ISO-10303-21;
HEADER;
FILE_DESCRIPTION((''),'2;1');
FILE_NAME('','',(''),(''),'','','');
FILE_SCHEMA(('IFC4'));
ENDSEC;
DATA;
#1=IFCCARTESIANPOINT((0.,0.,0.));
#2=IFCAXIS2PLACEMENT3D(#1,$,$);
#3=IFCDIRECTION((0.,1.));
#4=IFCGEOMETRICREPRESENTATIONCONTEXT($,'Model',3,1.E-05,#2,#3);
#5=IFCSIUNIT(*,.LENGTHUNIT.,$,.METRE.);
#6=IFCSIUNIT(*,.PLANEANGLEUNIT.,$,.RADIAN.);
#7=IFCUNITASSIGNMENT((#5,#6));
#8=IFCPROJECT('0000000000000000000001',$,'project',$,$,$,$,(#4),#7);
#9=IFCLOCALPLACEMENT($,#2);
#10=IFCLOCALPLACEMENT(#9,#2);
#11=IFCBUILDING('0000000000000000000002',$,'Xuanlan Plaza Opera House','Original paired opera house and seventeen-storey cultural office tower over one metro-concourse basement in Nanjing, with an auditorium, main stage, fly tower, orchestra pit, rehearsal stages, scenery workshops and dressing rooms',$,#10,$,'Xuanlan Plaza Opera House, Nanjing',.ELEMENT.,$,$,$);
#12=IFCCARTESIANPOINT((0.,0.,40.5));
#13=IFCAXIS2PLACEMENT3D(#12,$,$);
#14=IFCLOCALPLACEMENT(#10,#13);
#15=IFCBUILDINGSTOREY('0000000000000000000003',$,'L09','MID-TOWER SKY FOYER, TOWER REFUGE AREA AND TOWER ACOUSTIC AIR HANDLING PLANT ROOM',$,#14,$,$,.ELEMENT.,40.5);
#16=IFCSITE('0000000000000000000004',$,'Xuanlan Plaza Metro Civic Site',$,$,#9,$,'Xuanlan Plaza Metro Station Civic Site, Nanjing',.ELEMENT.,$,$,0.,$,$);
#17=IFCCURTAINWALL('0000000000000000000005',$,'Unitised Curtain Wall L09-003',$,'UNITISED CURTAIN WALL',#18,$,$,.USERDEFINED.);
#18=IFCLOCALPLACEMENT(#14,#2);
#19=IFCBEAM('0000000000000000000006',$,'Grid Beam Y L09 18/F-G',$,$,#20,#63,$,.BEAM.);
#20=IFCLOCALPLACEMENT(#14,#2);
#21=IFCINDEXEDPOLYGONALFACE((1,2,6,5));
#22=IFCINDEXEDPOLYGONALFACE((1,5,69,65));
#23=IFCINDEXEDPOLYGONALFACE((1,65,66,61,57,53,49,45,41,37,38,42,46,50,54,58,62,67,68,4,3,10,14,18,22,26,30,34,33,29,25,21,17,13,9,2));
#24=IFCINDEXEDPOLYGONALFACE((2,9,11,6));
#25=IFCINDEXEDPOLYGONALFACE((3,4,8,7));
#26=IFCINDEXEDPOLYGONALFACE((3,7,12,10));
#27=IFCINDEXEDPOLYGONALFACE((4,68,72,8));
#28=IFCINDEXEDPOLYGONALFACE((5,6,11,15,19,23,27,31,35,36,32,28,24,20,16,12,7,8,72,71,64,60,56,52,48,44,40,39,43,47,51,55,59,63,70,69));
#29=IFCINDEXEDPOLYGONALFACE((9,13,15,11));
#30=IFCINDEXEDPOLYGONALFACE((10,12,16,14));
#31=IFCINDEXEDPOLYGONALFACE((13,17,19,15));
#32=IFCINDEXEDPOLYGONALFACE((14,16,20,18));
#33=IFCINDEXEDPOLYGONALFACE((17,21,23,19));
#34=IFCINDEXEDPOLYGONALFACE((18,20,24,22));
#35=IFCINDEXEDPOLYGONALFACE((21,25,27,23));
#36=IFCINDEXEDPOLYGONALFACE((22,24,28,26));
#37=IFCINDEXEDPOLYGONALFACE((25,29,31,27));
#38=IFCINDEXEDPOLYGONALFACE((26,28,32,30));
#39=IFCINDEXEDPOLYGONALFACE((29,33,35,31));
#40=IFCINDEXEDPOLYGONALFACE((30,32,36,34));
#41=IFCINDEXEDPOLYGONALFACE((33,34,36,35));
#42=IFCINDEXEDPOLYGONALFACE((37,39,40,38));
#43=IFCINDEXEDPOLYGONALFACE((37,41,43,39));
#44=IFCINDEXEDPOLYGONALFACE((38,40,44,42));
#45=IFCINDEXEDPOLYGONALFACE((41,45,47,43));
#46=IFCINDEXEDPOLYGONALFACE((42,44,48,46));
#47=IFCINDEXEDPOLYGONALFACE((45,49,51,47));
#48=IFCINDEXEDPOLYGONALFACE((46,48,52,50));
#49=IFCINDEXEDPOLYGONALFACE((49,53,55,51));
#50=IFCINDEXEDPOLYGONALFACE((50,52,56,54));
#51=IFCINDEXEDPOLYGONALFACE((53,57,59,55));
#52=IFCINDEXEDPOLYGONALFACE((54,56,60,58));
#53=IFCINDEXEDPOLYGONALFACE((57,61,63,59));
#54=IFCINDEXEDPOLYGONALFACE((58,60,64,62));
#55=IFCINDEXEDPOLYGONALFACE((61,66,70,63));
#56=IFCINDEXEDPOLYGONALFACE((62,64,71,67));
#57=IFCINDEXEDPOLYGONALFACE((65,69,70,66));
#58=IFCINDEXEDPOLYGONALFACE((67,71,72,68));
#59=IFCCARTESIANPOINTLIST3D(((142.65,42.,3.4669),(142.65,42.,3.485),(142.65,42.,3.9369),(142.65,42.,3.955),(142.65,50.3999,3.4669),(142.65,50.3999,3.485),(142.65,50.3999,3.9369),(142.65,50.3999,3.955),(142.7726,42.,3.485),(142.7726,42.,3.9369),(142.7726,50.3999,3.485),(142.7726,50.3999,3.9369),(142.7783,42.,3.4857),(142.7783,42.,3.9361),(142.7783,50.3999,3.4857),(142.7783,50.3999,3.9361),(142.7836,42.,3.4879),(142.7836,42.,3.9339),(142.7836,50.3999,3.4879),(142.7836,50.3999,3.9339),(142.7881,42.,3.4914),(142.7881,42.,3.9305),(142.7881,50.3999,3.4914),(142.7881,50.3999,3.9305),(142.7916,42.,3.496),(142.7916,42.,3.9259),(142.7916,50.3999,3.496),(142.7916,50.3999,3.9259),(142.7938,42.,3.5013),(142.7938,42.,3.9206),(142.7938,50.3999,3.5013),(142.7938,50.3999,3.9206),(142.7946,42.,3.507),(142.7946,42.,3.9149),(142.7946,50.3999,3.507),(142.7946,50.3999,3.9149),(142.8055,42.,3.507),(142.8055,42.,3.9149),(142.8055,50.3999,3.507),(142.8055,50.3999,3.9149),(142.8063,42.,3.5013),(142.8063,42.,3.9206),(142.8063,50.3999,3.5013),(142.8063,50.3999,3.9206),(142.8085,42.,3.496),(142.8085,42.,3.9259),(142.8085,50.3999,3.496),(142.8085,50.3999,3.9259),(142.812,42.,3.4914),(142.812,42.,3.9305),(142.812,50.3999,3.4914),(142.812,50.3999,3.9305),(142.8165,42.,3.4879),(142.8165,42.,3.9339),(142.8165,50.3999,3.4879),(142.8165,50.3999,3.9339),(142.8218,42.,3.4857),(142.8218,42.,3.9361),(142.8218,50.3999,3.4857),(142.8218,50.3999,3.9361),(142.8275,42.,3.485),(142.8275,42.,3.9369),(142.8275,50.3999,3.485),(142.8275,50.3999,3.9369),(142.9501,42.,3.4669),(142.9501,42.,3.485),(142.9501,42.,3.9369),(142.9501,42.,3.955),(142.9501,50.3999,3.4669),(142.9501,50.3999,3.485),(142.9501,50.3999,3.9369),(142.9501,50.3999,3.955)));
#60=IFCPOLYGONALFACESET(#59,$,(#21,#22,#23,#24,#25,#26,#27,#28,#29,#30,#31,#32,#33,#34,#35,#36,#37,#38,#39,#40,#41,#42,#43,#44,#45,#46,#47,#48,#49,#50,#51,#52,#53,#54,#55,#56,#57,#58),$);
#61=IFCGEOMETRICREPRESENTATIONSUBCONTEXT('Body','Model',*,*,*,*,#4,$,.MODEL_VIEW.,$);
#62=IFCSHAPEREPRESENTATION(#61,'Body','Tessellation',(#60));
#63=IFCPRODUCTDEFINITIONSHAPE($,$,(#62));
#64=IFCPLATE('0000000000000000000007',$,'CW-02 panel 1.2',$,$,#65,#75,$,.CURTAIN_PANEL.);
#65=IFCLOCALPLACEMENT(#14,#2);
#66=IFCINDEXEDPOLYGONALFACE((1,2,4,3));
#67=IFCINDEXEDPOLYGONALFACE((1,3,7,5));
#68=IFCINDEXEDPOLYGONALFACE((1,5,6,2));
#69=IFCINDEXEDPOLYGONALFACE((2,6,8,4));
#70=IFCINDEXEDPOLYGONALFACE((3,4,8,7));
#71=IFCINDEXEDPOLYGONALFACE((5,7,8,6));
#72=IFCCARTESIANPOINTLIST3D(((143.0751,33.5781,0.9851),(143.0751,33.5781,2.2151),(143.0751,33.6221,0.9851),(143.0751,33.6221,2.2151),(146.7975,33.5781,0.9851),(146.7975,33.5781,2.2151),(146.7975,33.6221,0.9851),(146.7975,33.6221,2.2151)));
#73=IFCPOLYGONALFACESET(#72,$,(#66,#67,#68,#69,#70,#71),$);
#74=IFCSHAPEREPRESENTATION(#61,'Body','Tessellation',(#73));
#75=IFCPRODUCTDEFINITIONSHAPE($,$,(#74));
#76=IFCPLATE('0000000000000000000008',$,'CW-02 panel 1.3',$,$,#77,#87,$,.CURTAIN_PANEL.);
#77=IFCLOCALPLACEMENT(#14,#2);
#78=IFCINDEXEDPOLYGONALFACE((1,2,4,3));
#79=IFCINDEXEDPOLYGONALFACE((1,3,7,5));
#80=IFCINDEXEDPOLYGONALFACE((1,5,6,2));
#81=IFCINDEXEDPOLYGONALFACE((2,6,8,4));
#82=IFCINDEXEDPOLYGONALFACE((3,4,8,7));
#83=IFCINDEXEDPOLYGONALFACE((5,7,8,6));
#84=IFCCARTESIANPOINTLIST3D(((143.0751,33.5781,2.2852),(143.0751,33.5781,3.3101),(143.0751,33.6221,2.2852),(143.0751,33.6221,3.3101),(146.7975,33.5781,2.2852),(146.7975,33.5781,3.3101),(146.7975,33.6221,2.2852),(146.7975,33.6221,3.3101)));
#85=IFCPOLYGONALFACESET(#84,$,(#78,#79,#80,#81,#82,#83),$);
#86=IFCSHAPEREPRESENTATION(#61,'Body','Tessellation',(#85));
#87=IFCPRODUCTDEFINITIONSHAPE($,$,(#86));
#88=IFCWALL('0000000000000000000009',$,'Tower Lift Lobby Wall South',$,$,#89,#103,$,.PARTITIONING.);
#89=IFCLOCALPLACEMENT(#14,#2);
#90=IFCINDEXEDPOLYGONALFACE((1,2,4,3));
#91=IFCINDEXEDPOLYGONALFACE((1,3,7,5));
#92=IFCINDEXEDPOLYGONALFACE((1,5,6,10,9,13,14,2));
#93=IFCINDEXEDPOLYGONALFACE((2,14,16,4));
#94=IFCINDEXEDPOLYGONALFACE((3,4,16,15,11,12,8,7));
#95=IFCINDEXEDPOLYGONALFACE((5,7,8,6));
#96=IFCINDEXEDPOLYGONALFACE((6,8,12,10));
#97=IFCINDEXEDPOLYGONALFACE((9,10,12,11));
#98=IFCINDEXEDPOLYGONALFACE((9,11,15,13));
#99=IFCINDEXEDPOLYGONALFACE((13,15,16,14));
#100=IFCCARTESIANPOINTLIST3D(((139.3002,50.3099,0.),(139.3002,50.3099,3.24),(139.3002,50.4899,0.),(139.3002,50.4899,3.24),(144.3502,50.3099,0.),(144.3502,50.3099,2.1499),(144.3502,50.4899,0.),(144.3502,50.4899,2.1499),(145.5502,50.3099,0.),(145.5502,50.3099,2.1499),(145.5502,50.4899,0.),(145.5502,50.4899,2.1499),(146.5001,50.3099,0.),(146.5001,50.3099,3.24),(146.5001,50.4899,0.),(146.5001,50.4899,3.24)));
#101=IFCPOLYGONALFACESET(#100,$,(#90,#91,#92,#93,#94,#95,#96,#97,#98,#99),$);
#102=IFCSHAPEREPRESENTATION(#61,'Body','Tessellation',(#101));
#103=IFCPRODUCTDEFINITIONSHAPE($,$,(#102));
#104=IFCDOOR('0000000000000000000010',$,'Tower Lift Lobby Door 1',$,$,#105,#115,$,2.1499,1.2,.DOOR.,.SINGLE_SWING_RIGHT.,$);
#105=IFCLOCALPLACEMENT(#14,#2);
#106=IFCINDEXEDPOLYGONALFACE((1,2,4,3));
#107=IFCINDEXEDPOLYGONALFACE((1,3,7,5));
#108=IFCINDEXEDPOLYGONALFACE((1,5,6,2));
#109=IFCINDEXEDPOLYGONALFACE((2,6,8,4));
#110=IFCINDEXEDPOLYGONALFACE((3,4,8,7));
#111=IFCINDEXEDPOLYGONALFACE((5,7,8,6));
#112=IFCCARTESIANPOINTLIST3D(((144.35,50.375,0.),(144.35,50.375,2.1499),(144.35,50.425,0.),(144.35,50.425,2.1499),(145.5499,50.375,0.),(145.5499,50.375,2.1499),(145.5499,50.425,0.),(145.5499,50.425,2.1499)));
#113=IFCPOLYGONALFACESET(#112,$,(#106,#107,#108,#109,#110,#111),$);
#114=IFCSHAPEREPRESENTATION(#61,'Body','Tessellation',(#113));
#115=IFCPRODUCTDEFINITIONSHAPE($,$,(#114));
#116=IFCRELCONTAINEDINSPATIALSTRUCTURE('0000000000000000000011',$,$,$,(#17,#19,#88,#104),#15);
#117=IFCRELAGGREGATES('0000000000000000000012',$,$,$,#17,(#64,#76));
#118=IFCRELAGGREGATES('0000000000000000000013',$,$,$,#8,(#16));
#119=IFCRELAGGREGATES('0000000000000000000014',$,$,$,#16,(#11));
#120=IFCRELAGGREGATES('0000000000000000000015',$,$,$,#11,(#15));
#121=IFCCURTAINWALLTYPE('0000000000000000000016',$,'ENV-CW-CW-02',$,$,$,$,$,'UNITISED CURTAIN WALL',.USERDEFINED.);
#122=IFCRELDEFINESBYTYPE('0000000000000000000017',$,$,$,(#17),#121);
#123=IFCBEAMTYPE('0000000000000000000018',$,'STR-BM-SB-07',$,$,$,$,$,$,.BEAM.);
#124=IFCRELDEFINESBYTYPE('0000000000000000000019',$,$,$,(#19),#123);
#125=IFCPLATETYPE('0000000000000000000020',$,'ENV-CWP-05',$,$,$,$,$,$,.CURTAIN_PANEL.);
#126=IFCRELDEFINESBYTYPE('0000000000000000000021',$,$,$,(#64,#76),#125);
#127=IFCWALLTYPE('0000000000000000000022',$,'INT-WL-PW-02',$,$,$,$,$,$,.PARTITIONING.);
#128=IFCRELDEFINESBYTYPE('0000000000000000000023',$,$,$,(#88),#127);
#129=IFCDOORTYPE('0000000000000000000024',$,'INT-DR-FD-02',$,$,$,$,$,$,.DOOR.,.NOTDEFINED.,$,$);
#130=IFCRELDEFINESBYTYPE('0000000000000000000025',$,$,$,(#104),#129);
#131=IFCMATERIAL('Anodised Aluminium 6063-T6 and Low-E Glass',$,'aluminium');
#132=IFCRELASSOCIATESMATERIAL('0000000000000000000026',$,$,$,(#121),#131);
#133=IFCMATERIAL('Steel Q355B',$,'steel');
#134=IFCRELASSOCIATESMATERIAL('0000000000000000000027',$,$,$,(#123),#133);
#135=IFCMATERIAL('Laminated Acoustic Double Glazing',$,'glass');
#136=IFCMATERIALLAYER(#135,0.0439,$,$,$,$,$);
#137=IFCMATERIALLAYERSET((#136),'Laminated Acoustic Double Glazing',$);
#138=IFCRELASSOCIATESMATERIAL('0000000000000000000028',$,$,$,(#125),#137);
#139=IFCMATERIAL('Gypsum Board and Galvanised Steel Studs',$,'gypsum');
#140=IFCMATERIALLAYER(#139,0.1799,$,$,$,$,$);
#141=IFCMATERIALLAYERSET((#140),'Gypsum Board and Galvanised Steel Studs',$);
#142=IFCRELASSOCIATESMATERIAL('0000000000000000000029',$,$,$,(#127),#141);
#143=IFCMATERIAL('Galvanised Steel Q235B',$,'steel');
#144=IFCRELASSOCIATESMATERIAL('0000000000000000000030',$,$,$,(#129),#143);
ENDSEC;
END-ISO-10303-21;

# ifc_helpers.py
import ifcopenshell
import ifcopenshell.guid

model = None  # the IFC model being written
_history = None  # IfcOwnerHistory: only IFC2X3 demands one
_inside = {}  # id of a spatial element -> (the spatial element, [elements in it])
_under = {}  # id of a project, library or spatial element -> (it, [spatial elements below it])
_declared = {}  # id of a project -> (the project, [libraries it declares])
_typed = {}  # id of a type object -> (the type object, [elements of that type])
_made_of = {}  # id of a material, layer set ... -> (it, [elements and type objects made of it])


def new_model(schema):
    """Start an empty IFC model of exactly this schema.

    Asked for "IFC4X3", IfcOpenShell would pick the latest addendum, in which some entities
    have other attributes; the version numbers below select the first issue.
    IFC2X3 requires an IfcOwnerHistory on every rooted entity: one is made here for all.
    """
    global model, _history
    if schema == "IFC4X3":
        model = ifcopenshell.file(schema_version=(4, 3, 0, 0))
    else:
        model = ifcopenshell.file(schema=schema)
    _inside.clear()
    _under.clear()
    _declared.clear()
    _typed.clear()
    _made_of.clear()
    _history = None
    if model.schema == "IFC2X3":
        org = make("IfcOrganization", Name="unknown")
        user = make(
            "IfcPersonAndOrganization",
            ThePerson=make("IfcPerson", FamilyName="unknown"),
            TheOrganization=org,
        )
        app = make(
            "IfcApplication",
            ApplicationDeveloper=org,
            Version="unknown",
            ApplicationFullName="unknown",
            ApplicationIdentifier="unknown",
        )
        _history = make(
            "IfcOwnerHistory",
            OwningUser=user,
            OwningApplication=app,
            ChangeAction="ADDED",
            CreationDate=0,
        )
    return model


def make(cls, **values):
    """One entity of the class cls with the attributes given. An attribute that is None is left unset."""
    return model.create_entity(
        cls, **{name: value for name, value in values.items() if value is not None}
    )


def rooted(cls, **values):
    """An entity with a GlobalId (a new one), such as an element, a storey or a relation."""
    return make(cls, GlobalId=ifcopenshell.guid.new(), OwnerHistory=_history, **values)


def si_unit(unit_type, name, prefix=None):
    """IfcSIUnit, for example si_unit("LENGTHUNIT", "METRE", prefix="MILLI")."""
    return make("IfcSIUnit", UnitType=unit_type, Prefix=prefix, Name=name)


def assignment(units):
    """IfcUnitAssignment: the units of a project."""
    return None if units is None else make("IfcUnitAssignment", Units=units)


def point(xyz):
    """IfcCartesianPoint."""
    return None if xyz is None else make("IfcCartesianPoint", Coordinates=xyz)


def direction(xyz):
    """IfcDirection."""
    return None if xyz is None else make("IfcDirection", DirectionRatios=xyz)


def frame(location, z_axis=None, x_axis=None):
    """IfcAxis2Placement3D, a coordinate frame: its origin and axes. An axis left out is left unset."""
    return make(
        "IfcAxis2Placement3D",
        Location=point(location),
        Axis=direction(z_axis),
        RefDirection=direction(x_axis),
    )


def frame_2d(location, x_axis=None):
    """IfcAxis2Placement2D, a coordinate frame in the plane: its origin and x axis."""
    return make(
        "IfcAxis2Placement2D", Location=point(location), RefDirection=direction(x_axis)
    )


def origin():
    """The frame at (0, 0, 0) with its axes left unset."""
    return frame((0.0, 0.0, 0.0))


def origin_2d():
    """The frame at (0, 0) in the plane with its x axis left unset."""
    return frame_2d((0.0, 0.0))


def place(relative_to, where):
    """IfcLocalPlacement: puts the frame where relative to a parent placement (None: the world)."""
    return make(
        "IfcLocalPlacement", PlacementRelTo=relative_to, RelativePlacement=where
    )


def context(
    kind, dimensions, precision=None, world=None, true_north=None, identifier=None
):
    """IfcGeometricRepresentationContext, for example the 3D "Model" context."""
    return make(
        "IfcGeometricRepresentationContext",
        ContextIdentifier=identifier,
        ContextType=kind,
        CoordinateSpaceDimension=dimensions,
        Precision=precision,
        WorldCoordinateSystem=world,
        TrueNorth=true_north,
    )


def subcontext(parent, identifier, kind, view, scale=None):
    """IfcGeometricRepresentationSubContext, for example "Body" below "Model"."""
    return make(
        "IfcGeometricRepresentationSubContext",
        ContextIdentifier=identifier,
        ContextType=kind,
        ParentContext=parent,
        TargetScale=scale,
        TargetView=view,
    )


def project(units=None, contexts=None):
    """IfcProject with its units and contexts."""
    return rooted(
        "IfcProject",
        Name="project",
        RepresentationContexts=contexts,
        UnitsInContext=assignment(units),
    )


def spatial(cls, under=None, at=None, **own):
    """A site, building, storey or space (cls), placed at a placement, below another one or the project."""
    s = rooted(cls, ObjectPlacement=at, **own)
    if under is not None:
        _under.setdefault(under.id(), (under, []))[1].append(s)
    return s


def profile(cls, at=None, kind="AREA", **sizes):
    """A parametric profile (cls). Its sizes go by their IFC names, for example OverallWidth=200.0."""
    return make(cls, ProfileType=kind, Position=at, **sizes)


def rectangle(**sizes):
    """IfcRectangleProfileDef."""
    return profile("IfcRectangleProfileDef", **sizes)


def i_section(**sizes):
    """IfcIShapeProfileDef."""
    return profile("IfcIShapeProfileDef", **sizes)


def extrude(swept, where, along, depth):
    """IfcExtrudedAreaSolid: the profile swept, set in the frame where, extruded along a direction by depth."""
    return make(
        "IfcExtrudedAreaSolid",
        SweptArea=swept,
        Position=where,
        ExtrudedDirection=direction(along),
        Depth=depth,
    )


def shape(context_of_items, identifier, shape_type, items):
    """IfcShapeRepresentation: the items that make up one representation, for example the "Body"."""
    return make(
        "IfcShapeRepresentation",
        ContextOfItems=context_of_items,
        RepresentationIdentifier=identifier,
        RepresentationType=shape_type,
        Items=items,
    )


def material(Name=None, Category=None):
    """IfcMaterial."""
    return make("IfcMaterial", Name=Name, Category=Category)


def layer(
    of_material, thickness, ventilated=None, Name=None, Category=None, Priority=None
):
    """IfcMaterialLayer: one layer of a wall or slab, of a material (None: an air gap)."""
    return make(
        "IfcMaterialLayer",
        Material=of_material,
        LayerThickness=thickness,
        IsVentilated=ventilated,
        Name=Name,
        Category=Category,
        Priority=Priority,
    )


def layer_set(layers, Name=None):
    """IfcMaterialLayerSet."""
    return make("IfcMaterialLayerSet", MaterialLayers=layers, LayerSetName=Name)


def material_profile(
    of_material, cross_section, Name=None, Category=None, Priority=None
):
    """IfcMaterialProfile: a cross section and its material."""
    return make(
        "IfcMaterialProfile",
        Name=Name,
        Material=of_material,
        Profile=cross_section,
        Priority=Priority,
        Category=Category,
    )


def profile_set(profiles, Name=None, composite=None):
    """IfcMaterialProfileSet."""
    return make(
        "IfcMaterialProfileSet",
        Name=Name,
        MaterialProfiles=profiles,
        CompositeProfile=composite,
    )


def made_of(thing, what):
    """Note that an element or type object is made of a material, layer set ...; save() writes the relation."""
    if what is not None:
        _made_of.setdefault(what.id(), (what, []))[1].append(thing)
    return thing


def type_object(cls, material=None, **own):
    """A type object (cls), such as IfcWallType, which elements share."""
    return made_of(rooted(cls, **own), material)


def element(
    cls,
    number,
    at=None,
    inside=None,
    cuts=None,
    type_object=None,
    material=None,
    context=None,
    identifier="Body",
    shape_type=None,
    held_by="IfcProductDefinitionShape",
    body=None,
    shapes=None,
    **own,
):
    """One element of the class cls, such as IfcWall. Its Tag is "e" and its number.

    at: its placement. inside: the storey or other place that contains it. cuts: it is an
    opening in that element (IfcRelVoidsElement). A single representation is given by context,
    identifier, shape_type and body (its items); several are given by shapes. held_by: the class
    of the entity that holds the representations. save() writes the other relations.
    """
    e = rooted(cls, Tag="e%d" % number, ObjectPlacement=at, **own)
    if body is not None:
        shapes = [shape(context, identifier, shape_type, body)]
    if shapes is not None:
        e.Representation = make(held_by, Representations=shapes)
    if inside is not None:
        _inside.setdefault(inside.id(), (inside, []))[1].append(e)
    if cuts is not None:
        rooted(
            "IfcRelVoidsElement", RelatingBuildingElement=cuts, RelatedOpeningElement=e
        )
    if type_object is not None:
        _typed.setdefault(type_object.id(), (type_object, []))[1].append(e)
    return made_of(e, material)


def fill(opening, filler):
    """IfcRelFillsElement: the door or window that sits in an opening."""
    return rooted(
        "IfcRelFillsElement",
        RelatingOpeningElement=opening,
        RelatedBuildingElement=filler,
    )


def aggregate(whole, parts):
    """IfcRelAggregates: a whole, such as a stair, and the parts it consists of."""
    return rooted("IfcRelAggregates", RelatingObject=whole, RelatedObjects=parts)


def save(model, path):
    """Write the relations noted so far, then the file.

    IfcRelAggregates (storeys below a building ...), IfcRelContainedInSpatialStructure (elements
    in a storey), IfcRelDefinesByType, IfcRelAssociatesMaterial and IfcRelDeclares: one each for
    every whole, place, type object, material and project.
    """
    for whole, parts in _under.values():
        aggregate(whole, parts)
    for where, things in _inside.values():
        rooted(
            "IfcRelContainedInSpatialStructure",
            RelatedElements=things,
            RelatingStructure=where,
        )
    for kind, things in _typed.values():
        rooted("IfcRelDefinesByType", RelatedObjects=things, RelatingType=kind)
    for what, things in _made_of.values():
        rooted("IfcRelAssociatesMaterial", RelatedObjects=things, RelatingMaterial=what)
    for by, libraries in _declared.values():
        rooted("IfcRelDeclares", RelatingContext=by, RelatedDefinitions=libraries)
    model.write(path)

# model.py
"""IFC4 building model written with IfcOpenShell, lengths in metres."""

from ifc_helpers import new_model, si_unit, direction, frame, frame_2d, origin, origin_2d, place, context, subcontext, project, spatial, rectangle, i_section, extrude, material, layer, layer_set, material_profile, profile_set, type_object, element, fill, aggregate, save


model = new_model("IFC4")

# Units and contexts
model_context = context("Model", 3, precision=1e-05, world=origin(), true_north=direction((0.0, 1.0)))
body_context = subcontext(model_context, "Body", "Model", "MODEL_VIEW")
ifc_project = project(units=[si_unit("LENGTHUNIT", "METRE"), si_unit("PLANEANGLEUNIT", "RADIAN")], contexts=[model_context])

# Site, building, storey
site_placement = place(None, origin())
site = spatial("IfcSite", under=ifc_project, at=site_placement, Name="Xuanlan Plaza Metro Civic Site", LongName="Xuanlan Plaza Metro Station Civic Site, Nanjing", CompositionType="ELEMENT", RefElevation=0.0)
building_placement = place(site_placement, origin())
building = spatial("IfcBuilding", under=site, at=building_placement, Name="Xuanlan Plaza Opera House", Description="Original paired opera house and seventeen-storey cultural office tower over one metro-concourse basement in Nanjing, with an auditorium, main stage, fly tower, orchestra pit, rehearsal stages, scenery workshops and dressing rooms", LongName="Xuanlan Plaza Opera House, Nanjing", CompositionType="ELEMENT")
storey_placement = place(building_placement, frame((0.0, 0.0, 40.5)))
storey = spatial("IfcBuildingStorey", under=building, at=storey_placement, Name="L09", Description="MID-TOWER SKY FOYER, TOWER REFUGE AREA AND TOWER ACOUSTIC AIR HANDLING PLANT ROOM", CompositionType="ELEMENT", Elevation=40.5)

# Shared definitions
ifc_material_1 = material(Name="Steel Q355B", Category="steel")

# Curtain wall
ifc_material_2 = material(Name="Anodised Aluminium 6063-T6 and Low-E Glass", Category="aluminium")
curtain_wall_type = type_object("IfcCurtainWallType", Name="ENV-CW-CW-02", ElementType="UNITISED CURTAIN WALL", PredefinedType="USERDEFINED", material=ifc_material_2)
curtain_wall_placement = place(storey_placement, origin())
curtain_wall = element("IfcCurtainWall", 1, at=curtain_wall_placement, inside=storey, type_object=curtain_wall_type, Name="Unitised Curtain Wall L09-003", ObjectType="UNITISED CURTAIN WALL", PredefinedType="USERDEFINED")

# Beam
ifc_material_profile_1 = material_profile(ifc_material_1, i_section(OverallWidth=0.3, OverallDepth=0.488, WebThickness=0.011, FlangeThickness=0.0181, FilletRadius=0.022, at=origin_2d()), Name="HM 488x300x11x18")
ifc_profile_set_1 = profile_set([ifc_material_profile_1], Name="Steel Q355B")
beam_type_1 = type_object("IfcBeamType", Name="STR-BM-SB-07", PredefinedType="BEAM", material=ifc_profile_set_1)
beam_1_placement = place(storey_placement, frame((142.8, 42.0, 3.7109), z_axis=(0.0, 1.0, 0.0), x_axis=(-1.0, 0.0, 0.0)))
element("IfcBeam", 2, at=beam_1_placement, inside=storey, type_object=beam_type_1, Name="Grid Beam Y L09 18/F-G", PredefinedType="BEAM", context=body_context, shape_type="SweptSolid", body=[
    extrude(i_section(OverallWidth=0.3, OverallDepth=0.488, WebThickness=0.011, FlangeThickness=0.0181, FilletRadius=0.022, at=origin_2d()), origin(), (0.0, 0.0, 1.0), 8.3999),
])

# Plates
ifc_material_3 = material(Name="Laminated Acoustic Double Glazing", Category="glass")
ifc_layer_1 = layer(ifc_material_3, 0.0439)
ifc_layer_set_1 = layer_set([ifc_layer_1], Name="Laminated Acoustic Double Glazing")
plate_type = type_object("IfcPlateType", Name="ENV-CWP-05", PredefinedType="CURTAIN_PANEL", material=ifc_layer_set_1)
plate_1_placement = place(storey_placement, frame((144.9363, 33.6001, 0.9851), z_axis=(0.0, 0.0, 1.0), x_axis=(1.0, 0.0, 0.0)))
plate_1 = element("IfcPlate", 3, at=plate_1_placement, type_object=plate_type, Name="CW-02 panel 1.2", PredefinedType="CURTAIN_PANEL", context=body_context, shape_type="SweptSolid", body=[
    extrude(rectangle(XDim=3.7224, YDim=0.0439, at=origin_2d()), origin(), (0.0, 0.0, 1.0), 1.23),
])
plate_2_placement = place(storey_placement, frame((144.9363, 33.6001, 2.2852), z_axis=(0.0, 0.0, 1.0), x_axis=(1.0, 0.0, 0.0)))
plate_2 = element("IfcPlate", 4, at=plate_2_placement, type_object=plate_type, Name="CW-02 panel 1.3", PredefinedType="CURTAIN_PANEL", context=body_context, shape_type="SweptSolid", body=[
    extrude(rectangle(XDim=3.7224, YDim=0.0439, at=origin_2d()), origin(), (0.0, 0.0, 1.0), 1.0249),
])
aggregate(curtain_wall, [plate_1, plate_2])

# Wall, opening, door
ifc_material_4 = material(Name="Gypsum Board and Galvanised Steel Studs", Category="gypsum")
ifc_layer_2 = layer(ifc_material_4, 0.1799)
ifc_layer_set_2 = layer_set([ifc_layer_2], Name="Gypsum Board and Galvanised Steel Studs")
wall_type = type_object("IfcWallType", Name="INT-WL-PW-02", PredefinedType="PARTITIONING", material=ifc_layer_set_2)
wall_placement = place(storey_placement, frame((139.3, 50.3999, 0.0), z_axis=(0.0, 0.0, 1.0), x_axis=(1.0, 0.0, 0.0)))
wall = element("IfcWall", 5, at=wall_placement, inside=storey, type_object=wall_type, Name="Tower Lift Lobby Wall South", PredefinedType="PARTITIONING", context=body_context, shape_type="SweptSolid", body=[
    extrude(rectangle(XDim=7.2, YDim=0.1799, at=frame_2d((3.6001, 0.0))), origin(), (0.0, 0.0, 1.0), 3.24),
])
opening_placement = place(wall_placement, frame((5.05, 0.0, 0.0)))
opening = element("IfcOpeningElement", 6, at=opening_placement, cuts=wall, PredefinedType="OPENING", context=body_context, shape_type="SweptSolid", body=[
    extrude(rectangle(XDim=1.2, YDim=2.1499, at=frame_2d((0.6001, 1.075))), frame((0.0, 0.0999, 0.0), z_axis=(0.0, -1.0, 0.0), x_axis=(1.0, 0.0, 0.0)), (0.0, 0.0, 1.0), 0.2),
])
ifc_material_5 = material(Name="Galvanised Steel Q235B", Category="steel")
door_type = type_object("IfcDoorType", Name="INT-DR-FD-02", OperationType="NOTDEFINED", PredefinedType="DOOR", material=ifc_material_5)
door_placement = place(opening_placement, frame((1.2, 0.0, 0.0), z_axis=(0.0, 0.0, 1.0), x_axis=(-1.0, 0.0, 0.0)))
door = element("IfcDoor", 7, at=door_placement, inside=storey, type_object=door_type, Name="Tower Lift Lobby Door 1", OperationType="SINGLE_SWING_RIGHT", OverallHeight=2.1499, OverallWidth=1.2, PredefinedType="DOOR", context=body_context, shape_type="SweptSolid", body=[
    extrude(rectangle(XDim=1.2, YDim=2.1499, at=frame_2d((0.6001, 1.075))), frame((0.0, 0.0249, 0.0), z_axis=(0.0, -1.0, 0.0), x_axis=(1.0, 0.0, 0.0)), (0.0, 0.0, 1.0), 0.05),
])
fill(opening, door)

save(model, "model.ifc")
